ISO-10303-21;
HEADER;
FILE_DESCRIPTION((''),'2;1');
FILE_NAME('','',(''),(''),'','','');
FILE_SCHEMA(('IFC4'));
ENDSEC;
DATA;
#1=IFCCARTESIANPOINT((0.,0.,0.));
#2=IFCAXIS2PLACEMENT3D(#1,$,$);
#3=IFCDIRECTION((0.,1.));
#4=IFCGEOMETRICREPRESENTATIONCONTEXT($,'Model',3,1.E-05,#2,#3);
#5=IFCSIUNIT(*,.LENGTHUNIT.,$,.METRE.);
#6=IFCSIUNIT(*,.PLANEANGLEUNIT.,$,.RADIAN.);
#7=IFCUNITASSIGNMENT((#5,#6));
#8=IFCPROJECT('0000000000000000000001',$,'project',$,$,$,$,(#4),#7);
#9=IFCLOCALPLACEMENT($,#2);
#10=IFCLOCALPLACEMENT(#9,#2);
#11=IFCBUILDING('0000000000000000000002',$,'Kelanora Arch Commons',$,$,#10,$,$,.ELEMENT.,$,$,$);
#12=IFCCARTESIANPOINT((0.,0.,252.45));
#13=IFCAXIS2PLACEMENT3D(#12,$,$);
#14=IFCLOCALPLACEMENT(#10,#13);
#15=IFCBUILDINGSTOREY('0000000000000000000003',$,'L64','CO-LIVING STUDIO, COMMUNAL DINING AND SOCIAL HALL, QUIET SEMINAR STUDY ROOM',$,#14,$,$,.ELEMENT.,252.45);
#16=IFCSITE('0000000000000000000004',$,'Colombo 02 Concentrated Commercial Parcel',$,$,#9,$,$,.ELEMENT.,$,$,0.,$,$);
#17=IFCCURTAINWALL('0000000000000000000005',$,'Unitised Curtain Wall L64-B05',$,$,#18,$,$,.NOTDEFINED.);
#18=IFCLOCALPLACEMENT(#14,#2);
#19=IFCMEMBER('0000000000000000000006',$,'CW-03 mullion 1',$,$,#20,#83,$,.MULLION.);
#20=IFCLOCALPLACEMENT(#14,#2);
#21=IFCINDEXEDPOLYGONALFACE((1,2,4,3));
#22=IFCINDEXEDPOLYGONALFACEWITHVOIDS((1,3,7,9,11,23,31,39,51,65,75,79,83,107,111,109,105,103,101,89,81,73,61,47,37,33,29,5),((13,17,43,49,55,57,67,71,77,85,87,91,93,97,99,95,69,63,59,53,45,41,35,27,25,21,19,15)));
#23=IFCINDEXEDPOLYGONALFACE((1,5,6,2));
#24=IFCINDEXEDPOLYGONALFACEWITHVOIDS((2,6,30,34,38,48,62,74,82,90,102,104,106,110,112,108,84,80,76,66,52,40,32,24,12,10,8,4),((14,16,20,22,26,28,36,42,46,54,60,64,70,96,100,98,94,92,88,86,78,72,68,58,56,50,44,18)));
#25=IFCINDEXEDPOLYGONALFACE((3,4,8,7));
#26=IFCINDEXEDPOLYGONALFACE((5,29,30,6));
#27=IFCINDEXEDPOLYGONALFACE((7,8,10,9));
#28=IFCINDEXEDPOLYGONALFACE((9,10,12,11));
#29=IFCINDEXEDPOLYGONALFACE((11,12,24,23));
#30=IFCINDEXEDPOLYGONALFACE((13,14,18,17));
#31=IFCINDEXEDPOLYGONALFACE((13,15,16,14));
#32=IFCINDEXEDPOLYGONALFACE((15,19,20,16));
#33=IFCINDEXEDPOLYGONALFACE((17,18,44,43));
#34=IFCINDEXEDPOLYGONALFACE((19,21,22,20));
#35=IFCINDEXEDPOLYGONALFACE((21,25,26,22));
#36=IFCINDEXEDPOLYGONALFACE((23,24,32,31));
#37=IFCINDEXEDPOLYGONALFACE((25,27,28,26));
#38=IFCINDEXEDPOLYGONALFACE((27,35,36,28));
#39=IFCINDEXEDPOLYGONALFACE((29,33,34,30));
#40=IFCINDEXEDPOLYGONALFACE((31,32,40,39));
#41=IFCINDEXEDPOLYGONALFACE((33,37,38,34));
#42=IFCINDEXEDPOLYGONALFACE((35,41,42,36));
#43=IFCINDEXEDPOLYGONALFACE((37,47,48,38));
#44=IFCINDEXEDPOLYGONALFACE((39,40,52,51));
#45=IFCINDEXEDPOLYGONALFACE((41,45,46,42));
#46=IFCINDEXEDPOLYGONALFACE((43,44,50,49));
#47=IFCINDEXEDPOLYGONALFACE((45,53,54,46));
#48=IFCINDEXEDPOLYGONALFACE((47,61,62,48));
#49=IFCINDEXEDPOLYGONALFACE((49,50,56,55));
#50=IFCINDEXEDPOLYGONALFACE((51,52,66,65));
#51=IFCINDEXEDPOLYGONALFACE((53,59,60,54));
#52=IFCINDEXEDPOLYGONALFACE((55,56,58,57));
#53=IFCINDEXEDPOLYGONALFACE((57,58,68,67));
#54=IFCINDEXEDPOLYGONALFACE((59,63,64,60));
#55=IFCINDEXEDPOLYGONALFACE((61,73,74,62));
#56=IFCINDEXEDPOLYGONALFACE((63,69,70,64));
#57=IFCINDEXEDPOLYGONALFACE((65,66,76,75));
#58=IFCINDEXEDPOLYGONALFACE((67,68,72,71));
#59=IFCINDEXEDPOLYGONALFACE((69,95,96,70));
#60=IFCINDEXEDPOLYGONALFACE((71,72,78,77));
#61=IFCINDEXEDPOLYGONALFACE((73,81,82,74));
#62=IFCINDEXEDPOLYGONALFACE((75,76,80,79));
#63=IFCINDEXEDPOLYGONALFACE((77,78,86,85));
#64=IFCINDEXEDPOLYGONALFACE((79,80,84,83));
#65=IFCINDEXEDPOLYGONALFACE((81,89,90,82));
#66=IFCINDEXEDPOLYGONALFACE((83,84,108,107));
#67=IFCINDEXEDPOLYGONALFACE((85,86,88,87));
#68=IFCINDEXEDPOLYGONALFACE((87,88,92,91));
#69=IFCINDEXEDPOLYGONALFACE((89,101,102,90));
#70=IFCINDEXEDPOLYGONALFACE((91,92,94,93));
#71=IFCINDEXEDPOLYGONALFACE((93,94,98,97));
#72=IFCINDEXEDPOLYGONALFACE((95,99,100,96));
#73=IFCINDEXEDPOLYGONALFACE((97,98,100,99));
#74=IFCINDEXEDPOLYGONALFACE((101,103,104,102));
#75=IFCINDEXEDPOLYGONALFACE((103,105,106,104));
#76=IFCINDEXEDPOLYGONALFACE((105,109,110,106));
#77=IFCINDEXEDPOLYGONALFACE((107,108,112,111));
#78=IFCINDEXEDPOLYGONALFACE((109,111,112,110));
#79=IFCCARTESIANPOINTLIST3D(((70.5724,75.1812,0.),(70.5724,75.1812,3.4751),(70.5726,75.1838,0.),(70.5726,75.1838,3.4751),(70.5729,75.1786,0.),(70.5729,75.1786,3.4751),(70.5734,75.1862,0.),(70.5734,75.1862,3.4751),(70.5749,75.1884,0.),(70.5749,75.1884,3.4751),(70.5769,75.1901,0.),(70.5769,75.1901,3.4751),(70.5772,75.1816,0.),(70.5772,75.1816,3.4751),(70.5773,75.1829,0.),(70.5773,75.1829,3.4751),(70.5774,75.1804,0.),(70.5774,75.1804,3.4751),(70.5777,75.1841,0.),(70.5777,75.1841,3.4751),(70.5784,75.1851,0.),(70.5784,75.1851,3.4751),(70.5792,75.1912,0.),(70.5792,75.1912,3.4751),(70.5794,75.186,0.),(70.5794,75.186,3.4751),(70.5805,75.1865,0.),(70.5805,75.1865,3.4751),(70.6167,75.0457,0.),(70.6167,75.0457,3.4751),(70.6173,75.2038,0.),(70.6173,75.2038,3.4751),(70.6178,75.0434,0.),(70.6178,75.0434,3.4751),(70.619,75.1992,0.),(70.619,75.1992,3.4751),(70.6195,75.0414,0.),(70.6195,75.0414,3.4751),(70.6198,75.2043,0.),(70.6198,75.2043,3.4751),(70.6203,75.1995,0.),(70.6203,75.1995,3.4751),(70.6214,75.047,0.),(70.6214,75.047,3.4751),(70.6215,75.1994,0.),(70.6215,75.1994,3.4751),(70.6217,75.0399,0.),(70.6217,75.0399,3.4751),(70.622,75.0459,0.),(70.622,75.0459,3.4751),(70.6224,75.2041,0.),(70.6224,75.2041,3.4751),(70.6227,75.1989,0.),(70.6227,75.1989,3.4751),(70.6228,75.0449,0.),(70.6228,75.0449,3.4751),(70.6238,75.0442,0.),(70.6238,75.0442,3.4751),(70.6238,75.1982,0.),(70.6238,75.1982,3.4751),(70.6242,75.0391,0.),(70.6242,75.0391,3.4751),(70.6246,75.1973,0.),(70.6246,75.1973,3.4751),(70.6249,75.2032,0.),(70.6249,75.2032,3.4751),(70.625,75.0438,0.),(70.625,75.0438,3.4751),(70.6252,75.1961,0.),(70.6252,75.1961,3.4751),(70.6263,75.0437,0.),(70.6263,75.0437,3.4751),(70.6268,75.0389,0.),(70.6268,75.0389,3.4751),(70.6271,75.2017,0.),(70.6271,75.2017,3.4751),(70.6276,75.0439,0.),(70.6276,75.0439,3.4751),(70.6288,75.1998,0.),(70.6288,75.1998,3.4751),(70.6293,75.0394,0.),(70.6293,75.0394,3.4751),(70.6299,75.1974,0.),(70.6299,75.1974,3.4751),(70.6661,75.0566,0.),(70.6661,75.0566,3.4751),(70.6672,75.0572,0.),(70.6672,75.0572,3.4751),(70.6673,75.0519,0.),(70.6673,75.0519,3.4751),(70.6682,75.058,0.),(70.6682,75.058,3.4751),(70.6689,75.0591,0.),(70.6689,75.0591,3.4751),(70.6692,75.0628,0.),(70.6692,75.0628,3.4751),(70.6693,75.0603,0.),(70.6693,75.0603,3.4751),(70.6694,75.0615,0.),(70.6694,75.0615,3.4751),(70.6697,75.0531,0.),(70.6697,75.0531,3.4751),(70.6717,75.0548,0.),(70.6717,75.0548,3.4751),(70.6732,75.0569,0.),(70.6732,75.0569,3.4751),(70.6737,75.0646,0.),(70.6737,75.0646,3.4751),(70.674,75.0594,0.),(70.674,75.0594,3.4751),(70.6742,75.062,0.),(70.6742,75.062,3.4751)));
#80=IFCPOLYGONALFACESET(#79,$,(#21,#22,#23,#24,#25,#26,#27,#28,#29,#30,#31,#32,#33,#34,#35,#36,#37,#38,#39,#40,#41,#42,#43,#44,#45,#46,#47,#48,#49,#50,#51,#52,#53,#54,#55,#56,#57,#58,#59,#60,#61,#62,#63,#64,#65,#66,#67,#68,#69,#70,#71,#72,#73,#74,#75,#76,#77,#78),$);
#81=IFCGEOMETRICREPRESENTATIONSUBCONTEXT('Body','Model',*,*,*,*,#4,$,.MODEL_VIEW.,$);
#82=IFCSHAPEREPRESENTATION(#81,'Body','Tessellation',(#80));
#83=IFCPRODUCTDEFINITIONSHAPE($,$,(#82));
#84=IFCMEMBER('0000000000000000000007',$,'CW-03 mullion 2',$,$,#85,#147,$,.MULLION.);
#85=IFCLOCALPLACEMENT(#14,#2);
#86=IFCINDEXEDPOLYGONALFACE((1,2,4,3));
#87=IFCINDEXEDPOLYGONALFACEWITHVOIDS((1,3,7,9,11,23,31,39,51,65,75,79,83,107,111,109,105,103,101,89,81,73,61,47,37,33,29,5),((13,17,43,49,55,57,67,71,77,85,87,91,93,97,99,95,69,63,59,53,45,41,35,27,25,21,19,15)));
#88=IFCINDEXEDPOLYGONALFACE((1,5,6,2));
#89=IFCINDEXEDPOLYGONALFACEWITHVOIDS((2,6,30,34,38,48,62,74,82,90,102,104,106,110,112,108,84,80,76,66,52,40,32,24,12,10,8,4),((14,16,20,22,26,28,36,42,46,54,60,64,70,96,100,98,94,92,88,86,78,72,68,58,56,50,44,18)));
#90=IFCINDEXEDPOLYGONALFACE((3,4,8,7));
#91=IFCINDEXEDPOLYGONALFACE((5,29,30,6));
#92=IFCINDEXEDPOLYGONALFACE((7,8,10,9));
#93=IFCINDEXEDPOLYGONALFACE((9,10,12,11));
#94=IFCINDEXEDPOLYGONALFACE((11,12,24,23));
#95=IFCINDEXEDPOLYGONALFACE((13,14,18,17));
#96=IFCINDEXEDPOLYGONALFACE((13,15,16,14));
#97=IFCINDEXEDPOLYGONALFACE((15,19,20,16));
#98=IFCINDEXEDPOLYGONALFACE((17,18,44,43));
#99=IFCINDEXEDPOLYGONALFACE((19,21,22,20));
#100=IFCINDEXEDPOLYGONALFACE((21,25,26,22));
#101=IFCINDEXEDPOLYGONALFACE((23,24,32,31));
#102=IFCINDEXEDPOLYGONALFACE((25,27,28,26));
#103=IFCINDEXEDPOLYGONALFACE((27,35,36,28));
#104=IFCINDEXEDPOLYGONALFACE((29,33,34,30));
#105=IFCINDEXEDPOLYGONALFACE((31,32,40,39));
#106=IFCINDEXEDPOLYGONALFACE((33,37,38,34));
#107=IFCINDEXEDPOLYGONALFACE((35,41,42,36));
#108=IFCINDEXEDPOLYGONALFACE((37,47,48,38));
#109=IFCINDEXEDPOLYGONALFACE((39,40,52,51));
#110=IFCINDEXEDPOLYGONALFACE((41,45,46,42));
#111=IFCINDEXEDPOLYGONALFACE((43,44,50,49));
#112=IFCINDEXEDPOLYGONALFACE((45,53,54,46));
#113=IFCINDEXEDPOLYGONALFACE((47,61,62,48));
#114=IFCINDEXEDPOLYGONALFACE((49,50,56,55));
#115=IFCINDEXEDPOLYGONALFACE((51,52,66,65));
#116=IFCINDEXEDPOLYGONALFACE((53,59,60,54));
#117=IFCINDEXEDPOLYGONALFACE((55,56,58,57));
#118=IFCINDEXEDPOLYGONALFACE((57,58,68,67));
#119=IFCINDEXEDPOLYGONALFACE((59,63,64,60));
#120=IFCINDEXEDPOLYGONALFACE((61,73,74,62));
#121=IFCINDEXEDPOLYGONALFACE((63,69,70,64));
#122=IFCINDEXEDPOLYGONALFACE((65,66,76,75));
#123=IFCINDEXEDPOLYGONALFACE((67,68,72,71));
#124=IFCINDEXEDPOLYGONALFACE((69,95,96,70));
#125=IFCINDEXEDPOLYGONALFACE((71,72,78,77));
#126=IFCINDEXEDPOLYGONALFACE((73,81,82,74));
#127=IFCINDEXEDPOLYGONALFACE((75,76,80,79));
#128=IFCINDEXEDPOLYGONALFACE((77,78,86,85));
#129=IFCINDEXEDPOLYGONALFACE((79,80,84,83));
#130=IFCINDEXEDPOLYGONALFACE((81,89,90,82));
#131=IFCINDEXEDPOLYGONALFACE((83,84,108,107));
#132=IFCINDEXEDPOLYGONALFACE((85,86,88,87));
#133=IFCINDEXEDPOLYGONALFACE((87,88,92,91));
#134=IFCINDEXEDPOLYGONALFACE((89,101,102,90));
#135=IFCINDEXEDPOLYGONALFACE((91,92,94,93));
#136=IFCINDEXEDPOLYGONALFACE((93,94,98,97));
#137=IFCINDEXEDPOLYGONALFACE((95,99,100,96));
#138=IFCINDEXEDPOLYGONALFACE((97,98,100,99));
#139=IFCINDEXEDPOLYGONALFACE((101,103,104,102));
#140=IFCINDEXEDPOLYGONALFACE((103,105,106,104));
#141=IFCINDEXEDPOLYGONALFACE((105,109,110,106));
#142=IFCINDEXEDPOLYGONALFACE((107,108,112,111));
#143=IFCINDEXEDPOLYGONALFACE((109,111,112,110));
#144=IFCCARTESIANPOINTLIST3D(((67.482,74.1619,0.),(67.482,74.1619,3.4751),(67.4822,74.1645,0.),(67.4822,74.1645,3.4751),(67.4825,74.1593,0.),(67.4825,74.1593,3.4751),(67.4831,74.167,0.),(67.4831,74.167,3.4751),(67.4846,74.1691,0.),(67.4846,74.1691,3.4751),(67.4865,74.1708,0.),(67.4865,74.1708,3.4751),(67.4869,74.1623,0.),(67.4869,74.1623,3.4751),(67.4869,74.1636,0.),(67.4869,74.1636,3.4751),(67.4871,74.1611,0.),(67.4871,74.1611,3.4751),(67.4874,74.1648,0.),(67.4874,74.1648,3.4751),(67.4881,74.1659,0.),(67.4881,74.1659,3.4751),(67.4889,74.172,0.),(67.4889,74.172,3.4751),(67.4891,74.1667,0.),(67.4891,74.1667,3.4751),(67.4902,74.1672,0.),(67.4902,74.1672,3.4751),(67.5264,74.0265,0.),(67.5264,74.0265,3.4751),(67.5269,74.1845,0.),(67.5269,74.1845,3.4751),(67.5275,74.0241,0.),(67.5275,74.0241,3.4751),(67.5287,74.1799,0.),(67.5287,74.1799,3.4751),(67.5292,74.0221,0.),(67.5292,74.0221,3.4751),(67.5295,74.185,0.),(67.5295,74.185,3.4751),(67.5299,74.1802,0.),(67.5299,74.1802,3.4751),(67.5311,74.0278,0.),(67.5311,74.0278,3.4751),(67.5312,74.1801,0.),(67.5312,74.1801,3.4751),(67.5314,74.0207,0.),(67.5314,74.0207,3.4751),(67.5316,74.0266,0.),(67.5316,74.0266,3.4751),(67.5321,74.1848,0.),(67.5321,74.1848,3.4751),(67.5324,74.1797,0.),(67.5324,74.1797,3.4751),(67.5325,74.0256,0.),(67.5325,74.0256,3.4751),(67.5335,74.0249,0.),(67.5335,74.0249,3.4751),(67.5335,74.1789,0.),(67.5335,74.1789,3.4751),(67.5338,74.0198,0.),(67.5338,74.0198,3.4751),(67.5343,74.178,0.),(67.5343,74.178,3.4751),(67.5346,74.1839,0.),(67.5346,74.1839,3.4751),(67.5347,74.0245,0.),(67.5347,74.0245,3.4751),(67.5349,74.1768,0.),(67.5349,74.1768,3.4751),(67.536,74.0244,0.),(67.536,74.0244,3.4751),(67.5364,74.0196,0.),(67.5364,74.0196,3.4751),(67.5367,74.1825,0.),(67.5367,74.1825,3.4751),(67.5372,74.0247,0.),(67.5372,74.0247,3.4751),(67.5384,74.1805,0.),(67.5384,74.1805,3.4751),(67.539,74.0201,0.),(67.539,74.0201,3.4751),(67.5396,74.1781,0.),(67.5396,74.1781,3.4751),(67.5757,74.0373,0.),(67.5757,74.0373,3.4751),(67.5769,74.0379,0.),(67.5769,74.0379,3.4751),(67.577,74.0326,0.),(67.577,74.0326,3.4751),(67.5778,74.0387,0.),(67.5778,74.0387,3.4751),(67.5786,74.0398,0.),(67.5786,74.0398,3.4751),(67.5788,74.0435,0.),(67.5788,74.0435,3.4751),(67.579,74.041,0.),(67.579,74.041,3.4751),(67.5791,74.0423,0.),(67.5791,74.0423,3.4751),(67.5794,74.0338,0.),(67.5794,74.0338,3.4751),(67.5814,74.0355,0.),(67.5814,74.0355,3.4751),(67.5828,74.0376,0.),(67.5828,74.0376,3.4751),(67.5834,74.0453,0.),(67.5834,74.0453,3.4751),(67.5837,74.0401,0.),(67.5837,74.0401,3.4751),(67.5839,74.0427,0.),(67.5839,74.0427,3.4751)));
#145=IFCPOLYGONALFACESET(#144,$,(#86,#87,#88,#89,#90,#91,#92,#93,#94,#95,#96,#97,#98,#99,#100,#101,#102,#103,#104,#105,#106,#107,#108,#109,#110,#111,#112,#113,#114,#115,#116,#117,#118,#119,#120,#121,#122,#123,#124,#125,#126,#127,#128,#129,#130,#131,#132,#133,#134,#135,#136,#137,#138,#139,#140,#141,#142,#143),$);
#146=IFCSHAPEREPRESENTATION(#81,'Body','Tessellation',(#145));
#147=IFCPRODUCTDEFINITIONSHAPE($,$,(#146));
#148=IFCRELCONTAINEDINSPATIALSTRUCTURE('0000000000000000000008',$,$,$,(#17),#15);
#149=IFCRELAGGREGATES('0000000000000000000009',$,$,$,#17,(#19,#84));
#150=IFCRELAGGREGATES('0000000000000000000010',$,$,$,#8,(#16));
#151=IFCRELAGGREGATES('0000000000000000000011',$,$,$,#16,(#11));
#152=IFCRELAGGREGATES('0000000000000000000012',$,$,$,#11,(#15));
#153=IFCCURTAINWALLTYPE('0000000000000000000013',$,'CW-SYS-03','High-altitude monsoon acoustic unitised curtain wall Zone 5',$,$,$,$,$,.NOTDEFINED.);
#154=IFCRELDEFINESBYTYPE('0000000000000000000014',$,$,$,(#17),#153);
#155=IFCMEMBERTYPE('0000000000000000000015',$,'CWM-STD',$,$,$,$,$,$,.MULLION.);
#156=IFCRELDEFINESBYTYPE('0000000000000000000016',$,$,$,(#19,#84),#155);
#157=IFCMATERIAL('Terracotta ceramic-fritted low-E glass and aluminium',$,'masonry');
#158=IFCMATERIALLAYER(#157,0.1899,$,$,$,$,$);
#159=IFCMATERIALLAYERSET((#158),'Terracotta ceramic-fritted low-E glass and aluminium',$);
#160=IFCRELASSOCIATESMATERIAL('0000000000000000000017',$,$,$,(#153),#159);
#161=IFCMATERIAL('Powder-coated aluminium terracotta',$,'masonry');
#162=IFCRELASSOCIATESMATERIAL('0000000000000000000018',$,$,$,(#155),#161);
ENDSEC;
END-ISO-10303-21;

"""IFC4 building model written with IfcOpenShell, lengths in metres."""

from ifc_helpers import new_model, si_unit, direction, frame, origin, origin_2d, place, context, subcontext, project, spatial, hollow_rectangle, extrude, material, layer, layer_set, material_profile, profile_set, type_object, element, aggregate, save


model = new_model("IFC4")

# Units and contexts
model_context = context("Model", 3, precision=1e-05, world=origin(), true_north=direction((0.0, 1.0)))
body_context = subcontext(model_context, "Body", "Model", "MODEL_VIEW")
ifc_project = project(units=[si_unit("LENGTHUNIT", "METRE"), si_unit("PLANEANGLEUNIT", "RADIAN")], contexts=[model_context])

# Site, building, storey
site_placement = place(None, origin())
site = spatial("IfcSite", under=ifc_project, at=site_placement, Name="Colombo 02 Concentrated Commercial Parcel", CompositionType="ELEMENT", RefElevation=0.0)
building_placement = place(site_placement, origin())
building = spatial("IfcBuilding", under=site, at=building_placement, Name="Kelanora Arch Commons", CompositionType="ELEMENT")
storey_placement = place(building_placement, frame((0.0, 0.0, 252.45)))
storey = spatial("IfcBuildingStorey", under=building, at=storey_placement, Name="L64", Description="CO-LIVING STUDIO, COMMUNAL DINING AND SOCIAL HALL, QUIET SEMINAR STUDY ROOM", CompositionType="ELEMENT", Elevation=252.45)

# Curtain wall, members
ifc_material_1 = material(Name="Terracotta ceramic-fritted low-E glass and aluminium", Category="masonry")
ifc_layer_1 = layer(ifc_material_1, 0.1899)
ifc_layer_set_1 = layer_set([ifc_layer_1], Name="Terracotta ceramic-fritted low-E glass and aluminium")
curtain_wall_type = type_object("IfcCurtainWallType", Name="CW-SYS-03", Description="High-altitude monsoon acoustic unitised curtain wall Zone 5", PredefinedType="NOTDEFINED", material=ifc_layer_set_1)
curtain_wall_placement = place(storey_placement, origin())
curtain_wall = element("IfcCurtainWall", 1, at=curtain_wall_placement, inside=storey, type_object=curtain_wall_type, Name="Unitised Curtain Wall L64-B05", PredefinedType="NOTDEFINED")
ifc_material_2 = material(Name="Powder-coated aluminium terracotta", Category="masonry")
ifc_material_profile_1 = material_profile(ifc_material_2, hollow_rectangle(XDim=0.1599, YDim=0.0601, WallThickness=0.0049, InnerFilletRadius=0.0049, OuterFilletRadius=0.01, at=origin_2d()), Name="CWM160x60")
ifc_profile_set_1 = profile_set([ifc_material_profile_1], Name="Powder-coated aluminium terracotta")
member_type_1 = type_object("IfcMemberType", Name="CWM-STD", PredefinedType="MULLION", material=ifc_profile_set_1)
member_1_placement = place(storey_placement, frame((70.6233, 75.1216, 0.0), z_axis=(0.0, 0.0, 1.0), x_axis=(0.313253, -0.94967, 0.0)))
member_1 = element("IfcMember", 2, at=member_1_placement, type_object=member_type_1, Name="CW-03 mullion 1", PredefinedType="MULLION", context=body_context, shape_type="SweptSolid", body=[
    extrude(hollow_rectangle(XDim=0.1599, YDim=0.0601, WallThickness=0.0049, InnerFilletRadius=0.0049, OuterFilletRadius=0.01, at=origin_2d()), origin(), (0.0, 0.0, 1.0), 3.4751),
])
member_2_placement = place(storey_placement, frame((67.533, 74.1023, 0.0), z_axis=(0.0, 0.0, 1.0), x_axis=(0.313253, -0.94967, 0.0)))
member_2 = element("IfcMember", 3, at=member_2_placement, type_object=member_type_1, Name="CW-03 mullion 2", PredefinedType="MULLION", context=body_context, shape_type="SweptSolid", body=[
    extrude(hollow_rectangle(XDim=0.1599, YDim=0.0601, WallThickness=0.0049, InnerFilletRadius=0.0049, OuterFilletRadius=0.01, at=origin_2d()), origin(), (0.0, 0.0, 1.0), 3.4751),
])
aggregate(curtain_wall, [member_1, member_2])

save(model, "model.ifc")
